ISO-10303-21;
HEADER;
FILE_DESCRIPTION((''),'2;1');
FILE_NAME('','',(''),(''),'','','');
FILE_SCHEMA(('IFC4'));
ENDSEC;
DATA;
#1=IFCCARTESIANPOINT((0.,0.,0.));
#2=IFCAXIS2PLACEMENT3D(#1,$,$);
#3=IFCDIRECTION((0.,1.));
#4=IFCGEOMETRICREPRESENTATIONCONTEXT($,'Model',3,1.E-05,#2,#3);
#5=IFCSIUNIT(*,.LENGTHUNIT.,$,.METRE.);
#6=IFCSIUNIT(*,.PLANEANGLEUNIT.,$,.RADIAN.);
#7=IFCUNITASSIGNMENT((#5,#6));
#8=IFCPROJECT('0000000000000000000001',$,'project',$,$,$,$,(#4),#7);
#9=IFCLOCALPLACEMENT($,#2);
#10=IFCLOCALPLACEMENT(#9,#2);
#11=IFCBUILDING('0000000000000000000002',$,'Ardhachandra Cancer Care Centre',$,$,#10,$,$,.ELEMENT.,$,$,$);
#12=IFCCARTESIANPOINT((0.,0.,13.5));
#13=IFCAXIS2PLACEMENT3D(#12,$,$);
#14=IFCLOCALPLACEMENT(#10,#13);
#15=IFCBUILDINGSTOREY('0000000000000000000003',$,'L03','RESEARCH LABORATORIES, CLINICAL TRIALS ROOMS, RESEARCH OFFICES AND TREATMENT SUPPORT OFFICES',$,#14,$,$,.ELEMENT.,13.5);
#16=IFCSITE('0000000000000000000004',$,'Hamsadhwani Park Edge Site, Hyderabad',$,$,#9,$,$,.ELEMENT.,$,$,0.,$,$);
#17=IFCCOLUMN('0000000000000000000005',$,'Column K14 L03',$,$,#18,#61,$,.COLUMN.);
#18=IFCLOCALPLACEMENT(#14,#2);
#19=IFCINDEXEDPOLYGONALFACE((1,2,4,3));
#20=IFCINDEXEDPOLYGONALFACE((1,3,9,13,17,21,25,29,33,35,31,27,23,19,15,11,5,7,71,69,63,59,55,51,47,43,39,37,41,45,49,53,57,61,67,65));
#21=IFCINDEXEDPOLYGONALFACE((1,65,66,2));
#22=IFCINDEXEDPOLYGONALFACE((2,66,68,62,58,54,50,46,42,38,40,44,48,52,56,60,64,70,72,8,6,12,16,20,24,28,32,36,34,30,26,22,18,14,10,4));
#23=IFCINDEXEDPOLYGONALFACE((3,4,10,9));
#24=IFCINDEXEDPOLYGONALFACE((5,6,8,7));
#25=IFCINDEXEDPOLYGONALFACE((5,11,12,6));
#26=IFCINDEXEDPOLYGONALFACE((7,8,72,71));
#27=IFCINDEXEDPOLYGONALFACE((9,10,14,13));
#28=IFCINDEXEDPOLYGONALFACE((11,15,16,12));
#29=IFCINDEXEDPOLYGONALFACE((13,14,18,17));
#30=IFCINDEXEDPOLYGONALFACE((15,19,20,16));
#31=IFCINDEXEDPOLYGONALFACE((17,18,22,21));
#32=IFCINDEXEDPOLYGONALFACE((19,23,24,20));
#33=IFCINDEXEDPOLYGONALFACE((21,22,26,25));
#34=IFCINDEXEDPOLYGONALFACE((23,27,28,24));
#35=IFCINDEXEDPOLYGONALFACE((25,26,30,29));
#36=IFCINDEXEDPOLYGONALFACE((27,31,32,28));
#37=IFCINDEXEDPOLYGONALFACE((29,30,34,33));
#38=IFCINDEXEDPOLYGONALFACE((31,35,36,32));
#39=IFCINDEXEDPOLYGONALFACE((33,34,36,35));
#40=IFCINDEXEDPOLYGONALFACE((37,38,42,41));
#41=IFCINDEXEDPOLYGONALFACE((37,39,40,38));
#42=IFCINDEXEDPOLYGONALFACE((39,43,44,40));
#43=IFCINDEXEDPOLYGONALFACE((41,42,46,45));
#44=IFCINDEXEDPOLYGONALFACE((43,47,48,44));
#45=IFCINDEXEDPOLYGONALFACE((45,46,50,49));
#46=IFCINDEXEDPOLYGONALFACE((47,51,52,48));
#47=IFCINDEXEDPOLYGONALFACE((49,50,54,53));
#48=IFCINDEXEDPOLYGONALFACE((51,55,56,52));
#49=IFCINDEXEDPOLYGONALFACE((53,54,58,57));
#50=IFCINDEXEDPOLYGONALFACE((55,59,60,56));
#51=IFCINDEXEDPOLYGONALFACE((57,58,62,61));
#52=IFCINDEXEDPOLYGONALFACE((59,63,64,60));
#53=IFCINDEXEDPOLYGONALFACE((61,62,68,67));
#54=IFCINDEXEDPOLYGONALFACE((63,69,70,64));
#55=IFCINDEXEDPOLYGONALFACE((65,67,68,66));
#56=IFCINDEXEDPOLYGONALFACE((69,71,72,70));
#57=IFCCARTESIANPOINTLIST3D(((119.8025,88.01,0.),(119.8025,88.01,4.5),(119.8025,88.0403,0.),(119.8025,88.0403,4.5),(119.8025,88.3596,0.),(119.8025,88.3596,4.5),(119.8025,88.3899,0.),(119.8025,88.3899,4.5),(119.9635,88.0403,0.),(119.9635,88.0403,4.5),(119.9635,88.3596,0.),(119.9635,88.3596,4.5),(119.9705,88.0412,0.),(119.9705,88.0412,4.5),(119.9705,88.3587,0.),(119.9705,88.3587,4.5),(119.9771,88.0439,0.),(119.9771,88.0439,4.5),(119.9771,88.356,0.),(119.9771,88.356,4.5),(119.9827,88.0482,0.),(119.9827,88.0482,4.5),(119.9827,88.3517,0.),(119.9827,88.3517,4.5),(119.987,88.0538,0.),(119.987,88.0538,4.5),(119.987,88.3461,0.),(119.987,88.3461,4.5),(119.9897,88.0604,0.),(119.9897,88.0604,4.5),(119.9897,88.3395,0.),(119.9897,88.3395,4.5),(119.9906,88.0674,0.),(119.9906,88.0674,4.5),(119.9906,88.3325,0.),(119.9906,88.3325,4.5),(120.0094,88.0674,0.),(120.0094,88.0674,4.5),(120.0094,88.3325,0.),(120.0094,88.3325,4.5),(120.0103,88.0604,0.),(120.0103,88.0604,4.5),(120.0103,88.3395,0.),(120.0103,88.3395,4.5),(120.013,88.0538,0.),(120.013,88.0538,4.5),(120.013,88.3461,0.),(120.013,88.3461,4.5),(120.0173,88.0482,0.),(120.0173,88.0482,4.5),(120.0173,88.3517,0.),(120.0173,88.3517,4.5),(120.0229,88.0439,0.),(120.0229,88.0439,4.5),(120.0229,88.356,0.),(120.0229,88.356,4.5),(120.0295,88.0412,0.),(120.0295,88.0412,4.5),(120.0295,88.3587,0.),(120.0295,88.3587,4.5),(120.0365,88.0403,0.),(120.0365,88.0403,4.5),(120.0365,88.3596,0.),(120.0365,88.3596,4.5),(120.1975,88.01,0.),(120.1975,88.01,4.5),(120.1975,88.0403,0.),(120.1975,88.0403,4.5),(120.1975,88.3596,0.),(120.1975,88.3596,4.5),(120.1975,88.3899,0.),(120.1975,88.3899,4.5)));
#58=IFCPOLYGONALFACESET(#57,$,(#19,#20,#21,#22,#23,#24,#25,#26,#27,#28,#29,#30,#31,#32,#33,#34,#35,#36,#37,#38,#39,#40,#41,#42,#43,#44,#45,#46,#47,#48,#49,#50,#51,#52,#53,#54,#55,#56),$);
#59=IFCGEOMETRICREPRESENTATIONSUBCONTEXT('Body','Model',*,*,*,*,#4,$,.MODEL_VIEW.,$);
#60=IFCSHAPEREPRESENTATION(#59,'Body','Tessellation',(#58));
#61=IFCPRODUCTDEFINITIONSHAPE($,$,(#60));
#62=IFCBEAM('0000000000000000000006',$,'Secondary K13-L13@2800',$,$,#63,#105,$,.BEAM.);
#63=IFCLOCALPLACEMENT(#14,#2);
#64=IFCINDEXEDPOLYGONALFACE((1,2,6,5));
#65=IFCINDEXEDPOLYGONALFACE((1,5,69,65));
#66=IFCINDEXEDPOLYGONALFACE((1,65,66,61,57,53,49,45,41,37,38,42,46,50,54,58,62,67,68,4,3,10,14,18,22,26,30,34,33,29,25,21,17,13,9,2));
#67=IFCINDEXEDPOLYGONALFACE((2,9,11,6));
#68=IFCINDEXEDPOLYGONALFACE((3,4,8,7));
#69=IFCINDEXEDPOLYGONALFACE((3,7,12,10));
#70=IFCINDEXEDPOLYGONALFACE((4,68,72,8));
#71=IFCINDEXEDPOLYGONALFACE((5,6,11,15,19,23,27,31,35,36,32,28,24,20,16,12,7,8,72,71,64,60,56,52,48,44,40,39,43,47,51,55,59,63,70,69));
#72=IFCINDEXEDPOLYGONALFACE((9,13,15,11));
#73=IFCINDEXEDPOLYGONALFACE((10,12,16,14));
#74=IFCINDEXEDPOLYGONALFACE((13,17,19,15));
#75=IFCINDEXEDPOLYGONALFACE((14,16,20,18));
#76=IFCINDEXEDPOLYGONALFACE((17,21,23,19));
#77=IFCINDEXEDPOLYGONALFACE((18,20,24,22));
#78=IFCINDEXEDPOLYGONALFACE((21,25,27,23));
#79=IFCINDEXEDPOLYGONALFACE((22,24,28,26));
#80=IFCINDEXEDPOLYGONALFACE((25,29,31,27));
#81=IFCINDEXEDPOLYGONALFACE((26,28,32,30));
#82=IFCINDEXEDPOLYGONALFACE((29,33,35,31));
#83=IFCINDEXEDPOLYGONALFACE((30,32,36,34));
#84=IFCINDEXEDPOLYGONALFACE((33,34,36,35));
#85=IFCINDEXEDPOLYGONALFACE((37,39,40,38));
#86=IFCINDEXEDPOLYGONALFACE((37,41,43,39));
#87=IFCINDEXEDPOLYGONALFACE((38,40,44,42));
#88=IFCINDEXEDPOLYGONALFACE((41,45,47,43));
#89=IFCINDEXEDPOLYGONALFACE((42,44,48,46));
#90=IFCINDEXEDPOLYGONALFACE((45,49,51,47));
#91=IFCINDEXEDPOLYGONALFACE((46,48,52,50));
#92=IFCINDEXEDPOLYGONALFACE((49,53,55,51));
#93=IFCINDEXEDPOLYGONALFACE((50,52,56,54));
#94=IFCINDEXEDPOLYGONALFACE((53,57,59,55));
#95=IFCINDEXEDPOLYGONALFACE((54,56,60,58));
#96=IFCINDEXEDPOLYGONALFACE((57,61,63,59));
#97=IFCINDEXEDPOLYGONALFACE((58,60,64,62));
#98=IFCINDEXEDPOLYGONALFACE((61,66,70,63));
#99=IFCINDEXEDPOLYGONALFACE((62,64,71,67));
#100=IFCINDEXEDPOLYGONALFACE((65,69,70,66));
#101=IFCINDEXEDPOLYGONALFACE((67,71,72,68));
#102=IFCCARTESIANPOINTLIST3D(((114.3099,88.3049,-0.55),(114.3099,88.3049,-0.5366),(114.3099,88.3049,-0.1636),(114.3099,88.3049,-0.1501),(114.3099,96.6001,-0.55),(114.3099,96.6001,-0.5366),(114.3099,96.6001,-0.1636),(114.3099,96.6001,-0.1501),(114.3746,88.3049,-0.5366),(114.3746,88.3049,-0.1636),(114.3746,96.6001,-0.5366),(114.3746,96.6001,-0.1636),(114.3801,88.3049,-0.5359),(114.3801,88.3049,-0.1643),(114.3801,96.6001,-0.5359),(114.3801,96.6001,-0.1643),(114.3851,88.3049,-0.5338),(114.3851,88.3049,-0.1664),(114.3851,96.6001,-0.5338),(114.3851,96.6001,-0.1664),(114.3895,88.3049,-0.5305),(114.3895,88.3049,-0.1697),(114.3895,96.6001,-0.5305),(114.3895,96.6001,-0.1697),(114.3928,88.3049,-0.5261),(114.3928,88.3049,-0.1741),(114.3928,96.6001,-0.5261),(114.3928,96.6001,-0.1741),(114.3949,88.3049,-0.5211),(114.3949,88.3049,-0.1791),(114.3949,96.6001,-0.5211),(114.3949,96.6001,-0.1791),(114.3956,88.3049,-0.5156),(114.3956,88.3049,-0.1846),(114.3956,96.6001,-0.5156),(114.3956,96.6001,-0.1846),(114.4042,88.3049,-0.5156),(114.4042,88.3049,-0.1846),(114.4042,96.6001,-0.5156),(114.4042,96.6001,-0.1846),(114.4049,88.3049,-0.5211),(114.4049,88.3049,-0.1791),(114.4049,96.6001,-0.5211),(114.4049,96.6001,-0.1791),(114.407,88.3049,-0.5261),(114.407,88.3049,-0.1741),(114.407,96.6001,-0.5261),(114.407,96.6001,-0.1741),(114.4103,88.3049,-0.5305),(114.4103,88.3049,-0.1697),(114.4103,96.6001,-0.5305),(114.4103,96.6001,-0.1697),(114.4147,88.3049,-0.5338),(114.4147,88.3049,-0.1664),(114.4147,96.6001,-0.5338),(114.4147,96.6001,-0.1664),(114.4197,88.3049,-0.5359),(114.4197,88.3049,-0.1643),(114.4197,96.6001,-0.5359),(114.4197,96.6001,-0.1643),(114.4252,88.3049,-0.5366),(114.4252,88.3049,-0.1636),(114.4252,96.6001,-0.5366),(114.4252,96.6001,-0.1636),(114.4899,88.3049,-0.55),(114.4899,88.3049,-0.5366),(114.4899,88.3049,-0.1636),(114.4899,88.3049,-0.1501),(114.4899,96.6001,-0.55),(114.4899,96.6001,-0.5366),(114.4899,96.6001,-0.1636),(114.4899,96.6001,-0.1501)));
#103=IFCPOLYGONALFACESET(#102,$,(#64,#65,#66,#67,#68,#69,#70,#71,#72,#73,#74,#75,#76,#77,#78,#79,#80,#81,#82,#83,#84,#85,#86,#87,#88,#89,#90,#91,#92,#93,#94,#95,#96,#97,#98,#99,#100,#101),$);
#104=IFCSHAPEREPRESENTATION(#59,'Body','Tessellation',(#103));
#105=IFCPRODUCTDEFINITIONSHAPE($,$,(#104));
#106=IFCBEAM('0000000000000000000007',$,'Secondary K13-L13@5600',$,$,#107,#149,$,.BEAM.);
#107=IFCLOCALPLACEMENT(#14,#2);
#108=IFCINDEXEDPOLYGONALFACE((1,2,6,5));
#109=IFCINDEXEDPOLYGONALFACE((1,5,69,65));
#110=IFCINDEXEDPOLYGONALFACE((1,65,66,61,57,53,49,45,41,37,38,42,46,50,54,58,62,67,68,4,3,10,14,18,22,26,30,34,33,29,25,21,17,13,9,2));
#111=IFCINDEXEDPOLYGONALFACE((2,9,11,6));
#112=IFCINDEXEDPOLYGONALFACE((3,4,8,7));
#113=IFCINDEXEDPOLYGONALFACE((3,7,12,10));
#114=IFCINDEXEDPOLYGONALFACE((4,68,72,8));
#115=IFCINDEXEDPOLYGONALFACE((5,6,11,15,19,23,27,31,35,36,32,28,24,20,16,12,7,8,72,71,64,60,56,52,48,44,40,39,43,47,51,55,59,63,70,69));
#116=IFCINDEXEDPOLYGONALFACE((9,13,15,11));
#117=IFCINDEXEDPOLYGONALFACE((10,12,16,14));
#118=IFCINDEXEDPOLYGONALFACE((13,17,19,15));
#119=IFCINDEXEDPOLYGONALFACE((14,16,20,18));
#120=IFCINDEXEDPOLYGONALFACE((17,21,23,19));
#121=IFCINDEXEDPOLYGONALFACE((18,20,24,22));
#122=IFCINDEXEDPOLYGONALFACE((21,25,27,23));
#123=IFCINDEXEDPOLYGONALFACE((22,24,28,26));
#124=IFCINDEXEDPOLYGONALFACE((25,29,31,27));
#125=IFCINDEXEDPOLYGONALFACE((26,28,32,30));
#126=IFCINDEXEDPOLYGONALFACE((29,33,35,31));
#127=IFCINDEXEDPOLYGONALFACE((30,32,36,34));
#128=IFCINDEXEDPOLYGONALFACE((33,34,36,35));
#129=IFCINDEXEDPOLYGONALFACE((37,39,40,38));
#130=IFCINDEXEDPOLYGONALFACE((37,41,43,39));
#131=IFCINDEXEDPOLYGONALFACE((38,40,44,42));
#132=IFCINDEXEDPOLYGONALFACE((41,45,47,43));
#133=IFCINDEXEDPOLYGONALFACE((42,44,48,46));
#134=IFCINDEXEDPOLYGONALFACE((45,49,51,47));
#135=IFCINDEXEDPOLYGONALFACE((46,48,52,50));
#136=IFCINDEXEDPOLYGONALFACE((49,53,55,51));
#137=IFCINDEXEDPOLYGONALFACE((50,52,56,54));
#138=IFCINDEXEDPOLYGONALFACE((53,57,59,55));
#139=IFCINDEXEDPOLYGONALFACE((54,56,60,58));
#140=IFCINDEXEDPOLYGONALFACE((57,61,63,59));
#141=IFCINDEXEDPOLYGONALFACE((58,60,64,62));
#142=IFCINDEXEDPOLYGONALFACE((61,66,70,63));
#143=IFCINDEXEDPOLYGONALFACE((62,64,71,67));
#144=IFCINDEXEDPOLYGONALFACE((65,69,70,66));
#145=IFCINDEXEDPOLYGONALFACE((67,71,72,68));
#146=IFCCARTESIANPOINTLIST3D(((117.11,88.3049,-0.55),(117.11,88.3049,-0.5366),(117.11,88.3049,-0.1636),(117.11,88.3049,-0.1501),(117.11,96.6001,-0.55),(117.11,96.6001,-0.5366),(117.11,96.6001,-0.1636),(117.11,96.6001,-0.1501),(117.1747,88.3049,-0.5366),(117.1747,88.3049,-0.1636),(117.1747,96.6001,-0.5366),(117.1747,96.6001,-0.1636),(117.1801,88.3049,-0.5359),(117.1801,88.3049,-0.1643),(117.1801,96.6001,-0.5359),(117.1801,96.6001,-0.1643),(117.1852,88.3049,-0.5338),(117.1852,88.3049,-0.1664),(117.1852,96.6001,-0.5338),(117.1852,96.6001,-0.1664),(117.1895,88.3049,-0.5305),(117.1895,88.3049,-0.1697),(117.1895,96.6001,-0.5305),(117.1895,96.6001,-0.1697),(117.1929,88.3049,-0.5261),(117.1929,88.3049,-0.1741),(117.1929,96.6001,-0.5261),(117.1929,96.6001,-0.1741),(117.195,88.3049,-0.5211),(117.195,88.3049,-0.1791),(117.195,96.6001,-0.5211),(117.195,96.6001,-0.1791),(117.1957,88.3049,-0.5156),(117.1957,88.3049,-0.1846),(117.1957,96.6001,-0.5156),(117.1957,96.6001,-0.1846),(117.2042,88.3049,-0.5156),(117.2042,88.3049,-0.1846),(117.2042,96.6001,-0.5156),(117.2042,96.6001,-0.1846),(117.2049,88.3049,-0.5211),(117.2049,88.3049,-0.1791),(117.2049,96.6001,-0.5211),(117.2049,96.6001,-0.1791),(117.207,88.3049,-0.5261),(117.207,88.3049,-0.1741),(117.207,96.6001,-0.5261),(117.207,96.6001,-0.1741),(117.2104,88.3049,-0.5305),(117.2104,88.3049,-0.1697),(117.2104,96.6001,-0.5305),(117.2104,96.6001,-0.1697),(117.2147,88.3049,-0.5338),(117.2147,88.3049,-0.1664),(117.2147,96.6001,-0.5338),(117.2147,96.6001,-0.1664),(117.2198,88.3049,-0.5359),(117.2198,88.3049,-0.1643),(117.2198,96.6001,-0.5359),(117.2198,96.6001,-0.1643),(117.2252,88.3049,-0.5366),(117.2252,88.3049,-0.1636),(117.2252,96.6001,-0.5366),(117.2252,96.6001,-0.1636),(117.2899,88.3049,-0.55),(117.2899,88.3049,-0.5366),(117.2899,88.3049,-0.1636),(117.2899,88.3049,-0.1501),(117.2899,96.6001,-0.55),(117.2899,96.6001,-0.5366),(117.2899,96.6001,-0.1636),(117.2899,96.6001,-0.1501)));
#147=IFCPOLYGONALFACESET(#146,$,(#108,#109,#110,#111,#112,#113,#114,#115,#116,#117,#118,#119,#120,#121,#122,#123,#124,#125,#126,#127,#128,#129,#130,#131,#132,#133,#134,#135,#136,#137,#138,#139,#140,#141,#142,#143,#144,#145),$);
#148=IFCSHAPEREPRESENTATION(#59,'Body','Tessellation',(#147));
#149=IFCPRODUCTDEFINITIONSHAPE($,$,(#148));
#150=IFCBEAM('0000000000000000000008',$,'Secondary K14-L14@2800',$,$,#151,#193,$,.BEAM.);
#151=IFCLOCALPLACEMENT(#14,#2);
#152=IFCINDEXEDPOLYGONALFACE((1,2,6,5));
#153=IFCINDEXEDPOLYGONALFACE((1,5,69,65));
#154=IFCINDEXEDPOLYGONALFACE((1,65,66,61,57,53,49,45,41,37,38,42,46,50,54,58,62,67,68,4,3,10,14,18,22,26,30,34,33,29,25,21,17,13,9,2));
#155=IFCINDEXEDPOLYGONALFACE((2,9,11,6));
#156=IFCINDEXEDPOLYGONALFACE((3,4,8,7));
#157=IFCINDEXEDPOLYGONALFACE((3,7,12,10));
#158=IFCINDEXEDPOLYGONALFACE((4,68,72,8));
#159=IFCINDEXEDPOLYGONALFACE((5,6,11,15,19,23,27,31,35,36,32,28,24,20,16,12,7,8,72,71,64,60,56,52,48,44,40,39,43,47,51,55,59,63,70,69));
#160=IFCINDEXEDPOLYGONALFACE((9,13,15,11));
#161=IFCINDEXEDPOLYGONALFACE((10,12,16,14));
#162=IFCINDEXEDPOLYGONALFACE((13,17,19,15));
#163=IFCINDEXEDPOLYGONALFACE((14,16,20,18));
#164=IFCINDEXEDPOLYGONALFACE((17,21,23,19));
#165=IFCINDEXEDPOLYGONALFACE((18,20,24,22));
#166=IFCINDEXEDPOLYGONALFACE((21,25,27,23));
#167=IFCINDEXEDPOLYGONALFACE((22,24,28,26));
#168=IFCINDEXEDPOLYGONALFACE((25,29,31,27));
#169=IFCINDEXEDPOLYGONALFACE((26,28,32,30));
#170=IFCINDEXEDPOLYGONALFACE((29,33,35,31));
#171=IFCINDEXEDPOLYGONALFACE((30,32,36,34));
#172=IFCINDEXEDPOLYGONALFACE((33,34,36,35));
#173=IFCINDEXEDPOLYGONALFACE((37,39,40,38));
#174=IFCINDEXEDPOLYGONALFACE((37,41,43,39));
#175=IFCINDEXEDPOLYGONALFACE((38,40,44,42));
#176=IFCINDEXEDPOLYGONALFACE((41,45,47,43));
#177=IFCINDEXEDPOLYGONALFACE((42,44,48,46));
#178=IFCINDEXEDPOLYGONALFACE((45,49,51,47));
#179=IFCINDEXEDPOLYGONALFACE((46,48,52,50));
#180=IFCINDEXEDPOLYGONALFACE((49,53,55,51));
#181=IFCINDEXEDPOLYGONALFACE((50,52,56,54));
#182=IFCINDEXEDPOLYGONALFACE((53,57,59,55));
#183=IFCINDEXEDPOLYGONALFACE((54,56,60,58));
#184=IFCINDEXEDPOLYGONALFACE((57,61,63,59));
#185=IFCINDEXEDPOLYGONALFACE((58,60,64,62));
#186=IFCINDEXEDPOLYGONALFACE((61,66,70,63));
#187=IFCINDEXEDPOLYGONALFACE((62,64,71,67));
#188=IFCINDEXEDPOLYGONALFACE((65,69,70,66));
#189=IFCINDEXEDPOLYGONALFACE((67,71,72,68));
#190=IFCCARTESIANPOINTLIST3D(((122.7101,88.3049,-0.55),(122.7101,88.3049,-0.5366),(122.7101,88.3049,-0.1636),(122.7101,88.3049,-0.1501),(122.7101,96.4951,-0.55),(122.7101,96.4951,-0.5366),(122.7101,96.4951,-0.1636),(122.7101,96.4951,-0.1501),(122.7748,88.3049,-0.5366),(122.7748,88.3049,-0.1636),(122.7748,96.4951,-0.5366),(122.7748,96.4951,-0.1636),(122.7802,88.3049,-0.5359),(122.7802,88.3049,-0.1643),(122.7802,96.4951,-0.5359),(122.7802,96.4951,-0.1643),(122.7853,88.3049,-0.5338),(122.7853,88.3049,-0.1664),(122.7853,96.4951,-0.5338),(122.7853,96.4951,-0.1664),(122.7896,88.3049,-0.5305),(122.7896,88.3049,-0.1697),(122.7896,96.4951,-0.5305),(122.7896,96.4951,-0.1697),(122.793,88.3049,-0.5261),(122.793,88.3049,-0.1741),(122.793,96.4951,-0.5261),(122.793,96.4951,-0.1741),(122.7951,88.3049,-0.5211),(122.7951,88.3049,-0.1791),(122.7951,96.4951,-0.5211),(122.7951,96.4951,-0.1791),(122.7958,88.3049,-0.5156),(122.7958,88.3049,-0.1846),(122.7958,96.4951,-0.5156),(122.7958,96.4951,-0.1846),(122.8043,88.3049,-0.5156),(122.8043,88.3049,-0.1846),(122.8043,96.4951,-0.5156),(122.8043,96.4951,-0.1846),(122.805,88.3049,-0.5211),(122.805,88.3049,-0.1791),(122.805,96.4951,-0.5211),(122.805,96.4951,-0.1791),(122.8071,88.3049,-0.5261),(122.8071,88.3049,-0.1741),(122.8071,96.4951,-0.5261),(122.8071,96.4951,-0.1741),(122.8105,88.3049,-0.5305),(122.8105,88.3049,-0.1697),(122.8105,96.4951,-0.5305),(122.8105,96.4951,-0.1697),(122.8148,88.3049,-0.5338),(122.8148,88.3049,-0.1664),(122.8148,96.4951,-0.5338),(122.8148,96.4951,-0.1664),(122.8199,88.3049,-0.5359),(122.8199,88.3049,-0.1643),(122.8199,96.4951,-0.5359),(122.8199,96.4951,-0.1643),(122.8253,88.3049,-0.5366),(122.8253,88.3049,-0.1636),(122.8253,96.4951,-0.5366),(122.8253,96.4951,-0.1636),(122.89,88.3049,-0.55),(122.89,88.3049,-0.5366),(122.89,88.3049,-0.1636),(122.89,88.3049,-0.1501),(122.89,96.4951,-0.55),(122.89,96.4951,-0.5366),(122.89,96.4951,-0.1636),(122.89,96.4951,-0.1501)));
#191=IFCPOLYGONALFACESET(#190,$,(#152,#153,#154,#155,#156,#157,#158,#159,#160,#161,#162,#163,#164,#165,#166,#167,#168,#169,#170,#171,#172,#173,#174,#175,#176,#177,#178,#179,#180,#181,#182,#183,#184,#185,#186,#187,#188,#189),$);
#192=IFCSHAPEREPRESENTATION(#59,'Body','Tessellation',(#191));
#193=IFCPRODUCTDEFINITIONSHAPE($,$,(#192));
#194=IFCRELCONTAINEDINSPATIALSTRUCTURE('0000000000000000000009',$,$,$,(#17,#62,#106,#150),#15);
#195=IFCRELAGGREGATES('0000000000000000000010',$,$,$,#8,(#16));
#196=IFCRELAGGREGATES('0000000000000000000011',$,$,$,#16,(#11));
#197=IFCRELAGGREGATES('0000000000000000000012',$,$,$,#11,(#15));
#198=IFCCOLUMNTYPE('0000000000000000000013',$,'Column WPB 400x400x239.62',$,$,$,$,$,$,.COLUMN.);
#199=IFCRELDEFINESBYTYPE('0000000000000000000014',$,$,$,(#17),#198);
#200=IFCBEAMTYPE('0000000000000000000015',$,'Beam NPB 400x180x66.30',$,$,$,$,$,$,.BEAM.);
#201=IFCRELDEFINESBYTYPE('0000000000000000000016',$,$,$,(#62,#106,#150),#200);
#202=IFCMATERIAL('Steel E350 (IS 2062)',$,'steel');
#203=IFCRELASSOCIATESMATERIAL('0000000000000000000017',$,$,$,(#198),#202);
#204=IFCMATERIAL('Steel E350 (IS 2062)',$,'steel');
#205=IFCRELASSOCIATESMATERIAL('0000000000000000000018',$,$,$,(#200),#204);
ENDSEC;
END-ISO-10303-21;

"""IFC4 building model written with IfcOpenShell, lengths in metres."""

from ifc_helpers import new_model, si_unit, direction, frame, origin, origin_2d, place, context, subcontext, project, spatial, i_section, extrude, material, material_profile, profile_set, type_object, element, save


model = new_model("IFC4")

# Units and contexts
model_context = context("Model", 3, precision=1e-05, world=origin(), true_north=direction((0.0, 1.0)))
body_context = subcontext(model_context, "Body", "Model", "MODEL_VIEW")
ifc_project = project(units=[si_unit("LENGTHUNIT", "METRE"), si_unit("PLANEANGLEUNIT", "RADIAN")], contexts=[model_context])

# Site, building, storey
site_placement = place(None, origin())
site = spatial("IfcSite", under=ifc_project, at=site_placement, Name="Hamsadhwani Park Edge Site, Hyderabad", CompositionType="ELEMENT", RefElevation=0.0)
building_placement = place(site_placement, origin())
building = spatial("IfcBuilding", under=site, at=building_placement, Name="Ardhachandra Cancer Care Centre", CompositionType="ELEMENT")
storey_placement = place(building_placement, frame((0.0, 0.0, 13.5)))
storey = spatial("IfcBuildingStorey", under=building, at=storey_placement, Name="L03", Description="RESEARCH LABORATORIES, CLINICAL TRIALS ROOMS, RESEARCH OFFICES AND TREATMENT SUPPORT OFFICES", CompositionType="ELEMENT", Elevation=13.5)

# Column
ifc_material_1 = material(Name="Steel E350 (IS 2062)", Category="steel")
ifc_material_profile_1 = material_profile(ifc_material_1, i_section(OverallWidth=0.395, OverallDepth=0.3799, WebThickness=0.0188, FlangeThickness=0.0303, FilletRadius=0.0271, at=origin_2d()), Name="WPB 400x400x239.62")
ifc_profile_set_1 = profile_set([ifc_material_profile_1], Name="Steel E350 (IS 2062)")
column_type = type_object("IfcColumnType", Name="Column WPB 400x400x239.62", PredefinedType="COLUMN", material=ifc_profile_set_1)
column_placement = place(storey_placement, frame((120.0, 88.2, 0.0), z_axis=(0.0, 0.0, 1.0), x_axis=(1.0, 0.0, 0.0)))
element("IfcColumn", 1, at=column_placement, inside=storey, type_object=column_type, Name="Column K14 L03", PredefinedType="COLUMN", context=body_context, shape_type="SweptSolid", body=[
    extrude(i_section(OverallWidth=0.395, OverallDepth=0.3799, WebThickness=0.0188, FlangeThickness=0.0303, FilletRadius=0.0271, at=origin_2d()), origin(), (0.0, 0.0, 1.0), 4.5),
])

# Beams
ifc_material_2 = material(Name="Steel E350 (IS 2062)", Category="steel")
ifc_material_profile_2 = material_profile(ifc_material_2, i_section(OverallWidth=0.1799, OverallDepth=0.3999, WebThickness=0.0085, FlangeThickness=0.0134, FilletRadius=0.021, at=origin_2d()), Name="NPB 400x180x66.30")
ifc_profile_set_2 = profile_set([ifc_material_profile_2], Name="Steel E350 (IS 2062)")
beam_type_1 = type_object("IfcBeamType", Name="Beam NPB 400x180x66.30", PredefinedType="BEAM", material=ifc_profile_set_2)
for number, where, z_axis, x_axis, name in (
    (2, (114.3999, 88.3049, -0.3501), (0.0, 1.0, 0.0), (-1.0, 0.0, 0.0), "Secondary K13-L13@2800"),
    (3, (117.2, 88.3049, -0.3501), (0.0, 1.0, 0.0), (-1.0, 0.0, 0.0), "Secondary K13-L13@5600"),
):
    element("IfcBeam", number, at=place(storey_placement, frame(where, z_axis=z_axis, x_axis=x_axis)), inside=storey, type_object=beam_type_1, Name=name, PredefinedType="BEAM", context=body_context, shape_type="SweptSolid", body=[
        extrude(i_section(OverallWidth=0.1799, OverallDepth=0.3999, WebThickness=0.0085, FlangeThickness=0.0134, FilletRadius=0.021, at=origin_2d()), origin(), (0.0, 0.0, 1.0), 8.2952),
    ])
beam_1_placement = place(storey_placement, frame((122.8, 88.3049, -0.3501), z_axis=(0.0, 1.0, 0.0), x_axis=(-1.0, 0.0, 0.0)))
element("IfcBeam", 4, at=beam_1_placement, inside=storey, type_object=beam_type_1, Name="Secondary K14-L14@2800", PredefinedType="BEAM", context=body_context, shape_type="SweptSolid", body=[
    extrude(i_section(OverallWidth=0.1799, OverallDepth=0.3999, WebThickness=0.0085, FlangeThickness=0.0134, FilletRadius=0.021, at=origin_2d()), origin(), (0.0, 0.0, 1.0), 8.1902),
])

save(model, "model.ifc")
